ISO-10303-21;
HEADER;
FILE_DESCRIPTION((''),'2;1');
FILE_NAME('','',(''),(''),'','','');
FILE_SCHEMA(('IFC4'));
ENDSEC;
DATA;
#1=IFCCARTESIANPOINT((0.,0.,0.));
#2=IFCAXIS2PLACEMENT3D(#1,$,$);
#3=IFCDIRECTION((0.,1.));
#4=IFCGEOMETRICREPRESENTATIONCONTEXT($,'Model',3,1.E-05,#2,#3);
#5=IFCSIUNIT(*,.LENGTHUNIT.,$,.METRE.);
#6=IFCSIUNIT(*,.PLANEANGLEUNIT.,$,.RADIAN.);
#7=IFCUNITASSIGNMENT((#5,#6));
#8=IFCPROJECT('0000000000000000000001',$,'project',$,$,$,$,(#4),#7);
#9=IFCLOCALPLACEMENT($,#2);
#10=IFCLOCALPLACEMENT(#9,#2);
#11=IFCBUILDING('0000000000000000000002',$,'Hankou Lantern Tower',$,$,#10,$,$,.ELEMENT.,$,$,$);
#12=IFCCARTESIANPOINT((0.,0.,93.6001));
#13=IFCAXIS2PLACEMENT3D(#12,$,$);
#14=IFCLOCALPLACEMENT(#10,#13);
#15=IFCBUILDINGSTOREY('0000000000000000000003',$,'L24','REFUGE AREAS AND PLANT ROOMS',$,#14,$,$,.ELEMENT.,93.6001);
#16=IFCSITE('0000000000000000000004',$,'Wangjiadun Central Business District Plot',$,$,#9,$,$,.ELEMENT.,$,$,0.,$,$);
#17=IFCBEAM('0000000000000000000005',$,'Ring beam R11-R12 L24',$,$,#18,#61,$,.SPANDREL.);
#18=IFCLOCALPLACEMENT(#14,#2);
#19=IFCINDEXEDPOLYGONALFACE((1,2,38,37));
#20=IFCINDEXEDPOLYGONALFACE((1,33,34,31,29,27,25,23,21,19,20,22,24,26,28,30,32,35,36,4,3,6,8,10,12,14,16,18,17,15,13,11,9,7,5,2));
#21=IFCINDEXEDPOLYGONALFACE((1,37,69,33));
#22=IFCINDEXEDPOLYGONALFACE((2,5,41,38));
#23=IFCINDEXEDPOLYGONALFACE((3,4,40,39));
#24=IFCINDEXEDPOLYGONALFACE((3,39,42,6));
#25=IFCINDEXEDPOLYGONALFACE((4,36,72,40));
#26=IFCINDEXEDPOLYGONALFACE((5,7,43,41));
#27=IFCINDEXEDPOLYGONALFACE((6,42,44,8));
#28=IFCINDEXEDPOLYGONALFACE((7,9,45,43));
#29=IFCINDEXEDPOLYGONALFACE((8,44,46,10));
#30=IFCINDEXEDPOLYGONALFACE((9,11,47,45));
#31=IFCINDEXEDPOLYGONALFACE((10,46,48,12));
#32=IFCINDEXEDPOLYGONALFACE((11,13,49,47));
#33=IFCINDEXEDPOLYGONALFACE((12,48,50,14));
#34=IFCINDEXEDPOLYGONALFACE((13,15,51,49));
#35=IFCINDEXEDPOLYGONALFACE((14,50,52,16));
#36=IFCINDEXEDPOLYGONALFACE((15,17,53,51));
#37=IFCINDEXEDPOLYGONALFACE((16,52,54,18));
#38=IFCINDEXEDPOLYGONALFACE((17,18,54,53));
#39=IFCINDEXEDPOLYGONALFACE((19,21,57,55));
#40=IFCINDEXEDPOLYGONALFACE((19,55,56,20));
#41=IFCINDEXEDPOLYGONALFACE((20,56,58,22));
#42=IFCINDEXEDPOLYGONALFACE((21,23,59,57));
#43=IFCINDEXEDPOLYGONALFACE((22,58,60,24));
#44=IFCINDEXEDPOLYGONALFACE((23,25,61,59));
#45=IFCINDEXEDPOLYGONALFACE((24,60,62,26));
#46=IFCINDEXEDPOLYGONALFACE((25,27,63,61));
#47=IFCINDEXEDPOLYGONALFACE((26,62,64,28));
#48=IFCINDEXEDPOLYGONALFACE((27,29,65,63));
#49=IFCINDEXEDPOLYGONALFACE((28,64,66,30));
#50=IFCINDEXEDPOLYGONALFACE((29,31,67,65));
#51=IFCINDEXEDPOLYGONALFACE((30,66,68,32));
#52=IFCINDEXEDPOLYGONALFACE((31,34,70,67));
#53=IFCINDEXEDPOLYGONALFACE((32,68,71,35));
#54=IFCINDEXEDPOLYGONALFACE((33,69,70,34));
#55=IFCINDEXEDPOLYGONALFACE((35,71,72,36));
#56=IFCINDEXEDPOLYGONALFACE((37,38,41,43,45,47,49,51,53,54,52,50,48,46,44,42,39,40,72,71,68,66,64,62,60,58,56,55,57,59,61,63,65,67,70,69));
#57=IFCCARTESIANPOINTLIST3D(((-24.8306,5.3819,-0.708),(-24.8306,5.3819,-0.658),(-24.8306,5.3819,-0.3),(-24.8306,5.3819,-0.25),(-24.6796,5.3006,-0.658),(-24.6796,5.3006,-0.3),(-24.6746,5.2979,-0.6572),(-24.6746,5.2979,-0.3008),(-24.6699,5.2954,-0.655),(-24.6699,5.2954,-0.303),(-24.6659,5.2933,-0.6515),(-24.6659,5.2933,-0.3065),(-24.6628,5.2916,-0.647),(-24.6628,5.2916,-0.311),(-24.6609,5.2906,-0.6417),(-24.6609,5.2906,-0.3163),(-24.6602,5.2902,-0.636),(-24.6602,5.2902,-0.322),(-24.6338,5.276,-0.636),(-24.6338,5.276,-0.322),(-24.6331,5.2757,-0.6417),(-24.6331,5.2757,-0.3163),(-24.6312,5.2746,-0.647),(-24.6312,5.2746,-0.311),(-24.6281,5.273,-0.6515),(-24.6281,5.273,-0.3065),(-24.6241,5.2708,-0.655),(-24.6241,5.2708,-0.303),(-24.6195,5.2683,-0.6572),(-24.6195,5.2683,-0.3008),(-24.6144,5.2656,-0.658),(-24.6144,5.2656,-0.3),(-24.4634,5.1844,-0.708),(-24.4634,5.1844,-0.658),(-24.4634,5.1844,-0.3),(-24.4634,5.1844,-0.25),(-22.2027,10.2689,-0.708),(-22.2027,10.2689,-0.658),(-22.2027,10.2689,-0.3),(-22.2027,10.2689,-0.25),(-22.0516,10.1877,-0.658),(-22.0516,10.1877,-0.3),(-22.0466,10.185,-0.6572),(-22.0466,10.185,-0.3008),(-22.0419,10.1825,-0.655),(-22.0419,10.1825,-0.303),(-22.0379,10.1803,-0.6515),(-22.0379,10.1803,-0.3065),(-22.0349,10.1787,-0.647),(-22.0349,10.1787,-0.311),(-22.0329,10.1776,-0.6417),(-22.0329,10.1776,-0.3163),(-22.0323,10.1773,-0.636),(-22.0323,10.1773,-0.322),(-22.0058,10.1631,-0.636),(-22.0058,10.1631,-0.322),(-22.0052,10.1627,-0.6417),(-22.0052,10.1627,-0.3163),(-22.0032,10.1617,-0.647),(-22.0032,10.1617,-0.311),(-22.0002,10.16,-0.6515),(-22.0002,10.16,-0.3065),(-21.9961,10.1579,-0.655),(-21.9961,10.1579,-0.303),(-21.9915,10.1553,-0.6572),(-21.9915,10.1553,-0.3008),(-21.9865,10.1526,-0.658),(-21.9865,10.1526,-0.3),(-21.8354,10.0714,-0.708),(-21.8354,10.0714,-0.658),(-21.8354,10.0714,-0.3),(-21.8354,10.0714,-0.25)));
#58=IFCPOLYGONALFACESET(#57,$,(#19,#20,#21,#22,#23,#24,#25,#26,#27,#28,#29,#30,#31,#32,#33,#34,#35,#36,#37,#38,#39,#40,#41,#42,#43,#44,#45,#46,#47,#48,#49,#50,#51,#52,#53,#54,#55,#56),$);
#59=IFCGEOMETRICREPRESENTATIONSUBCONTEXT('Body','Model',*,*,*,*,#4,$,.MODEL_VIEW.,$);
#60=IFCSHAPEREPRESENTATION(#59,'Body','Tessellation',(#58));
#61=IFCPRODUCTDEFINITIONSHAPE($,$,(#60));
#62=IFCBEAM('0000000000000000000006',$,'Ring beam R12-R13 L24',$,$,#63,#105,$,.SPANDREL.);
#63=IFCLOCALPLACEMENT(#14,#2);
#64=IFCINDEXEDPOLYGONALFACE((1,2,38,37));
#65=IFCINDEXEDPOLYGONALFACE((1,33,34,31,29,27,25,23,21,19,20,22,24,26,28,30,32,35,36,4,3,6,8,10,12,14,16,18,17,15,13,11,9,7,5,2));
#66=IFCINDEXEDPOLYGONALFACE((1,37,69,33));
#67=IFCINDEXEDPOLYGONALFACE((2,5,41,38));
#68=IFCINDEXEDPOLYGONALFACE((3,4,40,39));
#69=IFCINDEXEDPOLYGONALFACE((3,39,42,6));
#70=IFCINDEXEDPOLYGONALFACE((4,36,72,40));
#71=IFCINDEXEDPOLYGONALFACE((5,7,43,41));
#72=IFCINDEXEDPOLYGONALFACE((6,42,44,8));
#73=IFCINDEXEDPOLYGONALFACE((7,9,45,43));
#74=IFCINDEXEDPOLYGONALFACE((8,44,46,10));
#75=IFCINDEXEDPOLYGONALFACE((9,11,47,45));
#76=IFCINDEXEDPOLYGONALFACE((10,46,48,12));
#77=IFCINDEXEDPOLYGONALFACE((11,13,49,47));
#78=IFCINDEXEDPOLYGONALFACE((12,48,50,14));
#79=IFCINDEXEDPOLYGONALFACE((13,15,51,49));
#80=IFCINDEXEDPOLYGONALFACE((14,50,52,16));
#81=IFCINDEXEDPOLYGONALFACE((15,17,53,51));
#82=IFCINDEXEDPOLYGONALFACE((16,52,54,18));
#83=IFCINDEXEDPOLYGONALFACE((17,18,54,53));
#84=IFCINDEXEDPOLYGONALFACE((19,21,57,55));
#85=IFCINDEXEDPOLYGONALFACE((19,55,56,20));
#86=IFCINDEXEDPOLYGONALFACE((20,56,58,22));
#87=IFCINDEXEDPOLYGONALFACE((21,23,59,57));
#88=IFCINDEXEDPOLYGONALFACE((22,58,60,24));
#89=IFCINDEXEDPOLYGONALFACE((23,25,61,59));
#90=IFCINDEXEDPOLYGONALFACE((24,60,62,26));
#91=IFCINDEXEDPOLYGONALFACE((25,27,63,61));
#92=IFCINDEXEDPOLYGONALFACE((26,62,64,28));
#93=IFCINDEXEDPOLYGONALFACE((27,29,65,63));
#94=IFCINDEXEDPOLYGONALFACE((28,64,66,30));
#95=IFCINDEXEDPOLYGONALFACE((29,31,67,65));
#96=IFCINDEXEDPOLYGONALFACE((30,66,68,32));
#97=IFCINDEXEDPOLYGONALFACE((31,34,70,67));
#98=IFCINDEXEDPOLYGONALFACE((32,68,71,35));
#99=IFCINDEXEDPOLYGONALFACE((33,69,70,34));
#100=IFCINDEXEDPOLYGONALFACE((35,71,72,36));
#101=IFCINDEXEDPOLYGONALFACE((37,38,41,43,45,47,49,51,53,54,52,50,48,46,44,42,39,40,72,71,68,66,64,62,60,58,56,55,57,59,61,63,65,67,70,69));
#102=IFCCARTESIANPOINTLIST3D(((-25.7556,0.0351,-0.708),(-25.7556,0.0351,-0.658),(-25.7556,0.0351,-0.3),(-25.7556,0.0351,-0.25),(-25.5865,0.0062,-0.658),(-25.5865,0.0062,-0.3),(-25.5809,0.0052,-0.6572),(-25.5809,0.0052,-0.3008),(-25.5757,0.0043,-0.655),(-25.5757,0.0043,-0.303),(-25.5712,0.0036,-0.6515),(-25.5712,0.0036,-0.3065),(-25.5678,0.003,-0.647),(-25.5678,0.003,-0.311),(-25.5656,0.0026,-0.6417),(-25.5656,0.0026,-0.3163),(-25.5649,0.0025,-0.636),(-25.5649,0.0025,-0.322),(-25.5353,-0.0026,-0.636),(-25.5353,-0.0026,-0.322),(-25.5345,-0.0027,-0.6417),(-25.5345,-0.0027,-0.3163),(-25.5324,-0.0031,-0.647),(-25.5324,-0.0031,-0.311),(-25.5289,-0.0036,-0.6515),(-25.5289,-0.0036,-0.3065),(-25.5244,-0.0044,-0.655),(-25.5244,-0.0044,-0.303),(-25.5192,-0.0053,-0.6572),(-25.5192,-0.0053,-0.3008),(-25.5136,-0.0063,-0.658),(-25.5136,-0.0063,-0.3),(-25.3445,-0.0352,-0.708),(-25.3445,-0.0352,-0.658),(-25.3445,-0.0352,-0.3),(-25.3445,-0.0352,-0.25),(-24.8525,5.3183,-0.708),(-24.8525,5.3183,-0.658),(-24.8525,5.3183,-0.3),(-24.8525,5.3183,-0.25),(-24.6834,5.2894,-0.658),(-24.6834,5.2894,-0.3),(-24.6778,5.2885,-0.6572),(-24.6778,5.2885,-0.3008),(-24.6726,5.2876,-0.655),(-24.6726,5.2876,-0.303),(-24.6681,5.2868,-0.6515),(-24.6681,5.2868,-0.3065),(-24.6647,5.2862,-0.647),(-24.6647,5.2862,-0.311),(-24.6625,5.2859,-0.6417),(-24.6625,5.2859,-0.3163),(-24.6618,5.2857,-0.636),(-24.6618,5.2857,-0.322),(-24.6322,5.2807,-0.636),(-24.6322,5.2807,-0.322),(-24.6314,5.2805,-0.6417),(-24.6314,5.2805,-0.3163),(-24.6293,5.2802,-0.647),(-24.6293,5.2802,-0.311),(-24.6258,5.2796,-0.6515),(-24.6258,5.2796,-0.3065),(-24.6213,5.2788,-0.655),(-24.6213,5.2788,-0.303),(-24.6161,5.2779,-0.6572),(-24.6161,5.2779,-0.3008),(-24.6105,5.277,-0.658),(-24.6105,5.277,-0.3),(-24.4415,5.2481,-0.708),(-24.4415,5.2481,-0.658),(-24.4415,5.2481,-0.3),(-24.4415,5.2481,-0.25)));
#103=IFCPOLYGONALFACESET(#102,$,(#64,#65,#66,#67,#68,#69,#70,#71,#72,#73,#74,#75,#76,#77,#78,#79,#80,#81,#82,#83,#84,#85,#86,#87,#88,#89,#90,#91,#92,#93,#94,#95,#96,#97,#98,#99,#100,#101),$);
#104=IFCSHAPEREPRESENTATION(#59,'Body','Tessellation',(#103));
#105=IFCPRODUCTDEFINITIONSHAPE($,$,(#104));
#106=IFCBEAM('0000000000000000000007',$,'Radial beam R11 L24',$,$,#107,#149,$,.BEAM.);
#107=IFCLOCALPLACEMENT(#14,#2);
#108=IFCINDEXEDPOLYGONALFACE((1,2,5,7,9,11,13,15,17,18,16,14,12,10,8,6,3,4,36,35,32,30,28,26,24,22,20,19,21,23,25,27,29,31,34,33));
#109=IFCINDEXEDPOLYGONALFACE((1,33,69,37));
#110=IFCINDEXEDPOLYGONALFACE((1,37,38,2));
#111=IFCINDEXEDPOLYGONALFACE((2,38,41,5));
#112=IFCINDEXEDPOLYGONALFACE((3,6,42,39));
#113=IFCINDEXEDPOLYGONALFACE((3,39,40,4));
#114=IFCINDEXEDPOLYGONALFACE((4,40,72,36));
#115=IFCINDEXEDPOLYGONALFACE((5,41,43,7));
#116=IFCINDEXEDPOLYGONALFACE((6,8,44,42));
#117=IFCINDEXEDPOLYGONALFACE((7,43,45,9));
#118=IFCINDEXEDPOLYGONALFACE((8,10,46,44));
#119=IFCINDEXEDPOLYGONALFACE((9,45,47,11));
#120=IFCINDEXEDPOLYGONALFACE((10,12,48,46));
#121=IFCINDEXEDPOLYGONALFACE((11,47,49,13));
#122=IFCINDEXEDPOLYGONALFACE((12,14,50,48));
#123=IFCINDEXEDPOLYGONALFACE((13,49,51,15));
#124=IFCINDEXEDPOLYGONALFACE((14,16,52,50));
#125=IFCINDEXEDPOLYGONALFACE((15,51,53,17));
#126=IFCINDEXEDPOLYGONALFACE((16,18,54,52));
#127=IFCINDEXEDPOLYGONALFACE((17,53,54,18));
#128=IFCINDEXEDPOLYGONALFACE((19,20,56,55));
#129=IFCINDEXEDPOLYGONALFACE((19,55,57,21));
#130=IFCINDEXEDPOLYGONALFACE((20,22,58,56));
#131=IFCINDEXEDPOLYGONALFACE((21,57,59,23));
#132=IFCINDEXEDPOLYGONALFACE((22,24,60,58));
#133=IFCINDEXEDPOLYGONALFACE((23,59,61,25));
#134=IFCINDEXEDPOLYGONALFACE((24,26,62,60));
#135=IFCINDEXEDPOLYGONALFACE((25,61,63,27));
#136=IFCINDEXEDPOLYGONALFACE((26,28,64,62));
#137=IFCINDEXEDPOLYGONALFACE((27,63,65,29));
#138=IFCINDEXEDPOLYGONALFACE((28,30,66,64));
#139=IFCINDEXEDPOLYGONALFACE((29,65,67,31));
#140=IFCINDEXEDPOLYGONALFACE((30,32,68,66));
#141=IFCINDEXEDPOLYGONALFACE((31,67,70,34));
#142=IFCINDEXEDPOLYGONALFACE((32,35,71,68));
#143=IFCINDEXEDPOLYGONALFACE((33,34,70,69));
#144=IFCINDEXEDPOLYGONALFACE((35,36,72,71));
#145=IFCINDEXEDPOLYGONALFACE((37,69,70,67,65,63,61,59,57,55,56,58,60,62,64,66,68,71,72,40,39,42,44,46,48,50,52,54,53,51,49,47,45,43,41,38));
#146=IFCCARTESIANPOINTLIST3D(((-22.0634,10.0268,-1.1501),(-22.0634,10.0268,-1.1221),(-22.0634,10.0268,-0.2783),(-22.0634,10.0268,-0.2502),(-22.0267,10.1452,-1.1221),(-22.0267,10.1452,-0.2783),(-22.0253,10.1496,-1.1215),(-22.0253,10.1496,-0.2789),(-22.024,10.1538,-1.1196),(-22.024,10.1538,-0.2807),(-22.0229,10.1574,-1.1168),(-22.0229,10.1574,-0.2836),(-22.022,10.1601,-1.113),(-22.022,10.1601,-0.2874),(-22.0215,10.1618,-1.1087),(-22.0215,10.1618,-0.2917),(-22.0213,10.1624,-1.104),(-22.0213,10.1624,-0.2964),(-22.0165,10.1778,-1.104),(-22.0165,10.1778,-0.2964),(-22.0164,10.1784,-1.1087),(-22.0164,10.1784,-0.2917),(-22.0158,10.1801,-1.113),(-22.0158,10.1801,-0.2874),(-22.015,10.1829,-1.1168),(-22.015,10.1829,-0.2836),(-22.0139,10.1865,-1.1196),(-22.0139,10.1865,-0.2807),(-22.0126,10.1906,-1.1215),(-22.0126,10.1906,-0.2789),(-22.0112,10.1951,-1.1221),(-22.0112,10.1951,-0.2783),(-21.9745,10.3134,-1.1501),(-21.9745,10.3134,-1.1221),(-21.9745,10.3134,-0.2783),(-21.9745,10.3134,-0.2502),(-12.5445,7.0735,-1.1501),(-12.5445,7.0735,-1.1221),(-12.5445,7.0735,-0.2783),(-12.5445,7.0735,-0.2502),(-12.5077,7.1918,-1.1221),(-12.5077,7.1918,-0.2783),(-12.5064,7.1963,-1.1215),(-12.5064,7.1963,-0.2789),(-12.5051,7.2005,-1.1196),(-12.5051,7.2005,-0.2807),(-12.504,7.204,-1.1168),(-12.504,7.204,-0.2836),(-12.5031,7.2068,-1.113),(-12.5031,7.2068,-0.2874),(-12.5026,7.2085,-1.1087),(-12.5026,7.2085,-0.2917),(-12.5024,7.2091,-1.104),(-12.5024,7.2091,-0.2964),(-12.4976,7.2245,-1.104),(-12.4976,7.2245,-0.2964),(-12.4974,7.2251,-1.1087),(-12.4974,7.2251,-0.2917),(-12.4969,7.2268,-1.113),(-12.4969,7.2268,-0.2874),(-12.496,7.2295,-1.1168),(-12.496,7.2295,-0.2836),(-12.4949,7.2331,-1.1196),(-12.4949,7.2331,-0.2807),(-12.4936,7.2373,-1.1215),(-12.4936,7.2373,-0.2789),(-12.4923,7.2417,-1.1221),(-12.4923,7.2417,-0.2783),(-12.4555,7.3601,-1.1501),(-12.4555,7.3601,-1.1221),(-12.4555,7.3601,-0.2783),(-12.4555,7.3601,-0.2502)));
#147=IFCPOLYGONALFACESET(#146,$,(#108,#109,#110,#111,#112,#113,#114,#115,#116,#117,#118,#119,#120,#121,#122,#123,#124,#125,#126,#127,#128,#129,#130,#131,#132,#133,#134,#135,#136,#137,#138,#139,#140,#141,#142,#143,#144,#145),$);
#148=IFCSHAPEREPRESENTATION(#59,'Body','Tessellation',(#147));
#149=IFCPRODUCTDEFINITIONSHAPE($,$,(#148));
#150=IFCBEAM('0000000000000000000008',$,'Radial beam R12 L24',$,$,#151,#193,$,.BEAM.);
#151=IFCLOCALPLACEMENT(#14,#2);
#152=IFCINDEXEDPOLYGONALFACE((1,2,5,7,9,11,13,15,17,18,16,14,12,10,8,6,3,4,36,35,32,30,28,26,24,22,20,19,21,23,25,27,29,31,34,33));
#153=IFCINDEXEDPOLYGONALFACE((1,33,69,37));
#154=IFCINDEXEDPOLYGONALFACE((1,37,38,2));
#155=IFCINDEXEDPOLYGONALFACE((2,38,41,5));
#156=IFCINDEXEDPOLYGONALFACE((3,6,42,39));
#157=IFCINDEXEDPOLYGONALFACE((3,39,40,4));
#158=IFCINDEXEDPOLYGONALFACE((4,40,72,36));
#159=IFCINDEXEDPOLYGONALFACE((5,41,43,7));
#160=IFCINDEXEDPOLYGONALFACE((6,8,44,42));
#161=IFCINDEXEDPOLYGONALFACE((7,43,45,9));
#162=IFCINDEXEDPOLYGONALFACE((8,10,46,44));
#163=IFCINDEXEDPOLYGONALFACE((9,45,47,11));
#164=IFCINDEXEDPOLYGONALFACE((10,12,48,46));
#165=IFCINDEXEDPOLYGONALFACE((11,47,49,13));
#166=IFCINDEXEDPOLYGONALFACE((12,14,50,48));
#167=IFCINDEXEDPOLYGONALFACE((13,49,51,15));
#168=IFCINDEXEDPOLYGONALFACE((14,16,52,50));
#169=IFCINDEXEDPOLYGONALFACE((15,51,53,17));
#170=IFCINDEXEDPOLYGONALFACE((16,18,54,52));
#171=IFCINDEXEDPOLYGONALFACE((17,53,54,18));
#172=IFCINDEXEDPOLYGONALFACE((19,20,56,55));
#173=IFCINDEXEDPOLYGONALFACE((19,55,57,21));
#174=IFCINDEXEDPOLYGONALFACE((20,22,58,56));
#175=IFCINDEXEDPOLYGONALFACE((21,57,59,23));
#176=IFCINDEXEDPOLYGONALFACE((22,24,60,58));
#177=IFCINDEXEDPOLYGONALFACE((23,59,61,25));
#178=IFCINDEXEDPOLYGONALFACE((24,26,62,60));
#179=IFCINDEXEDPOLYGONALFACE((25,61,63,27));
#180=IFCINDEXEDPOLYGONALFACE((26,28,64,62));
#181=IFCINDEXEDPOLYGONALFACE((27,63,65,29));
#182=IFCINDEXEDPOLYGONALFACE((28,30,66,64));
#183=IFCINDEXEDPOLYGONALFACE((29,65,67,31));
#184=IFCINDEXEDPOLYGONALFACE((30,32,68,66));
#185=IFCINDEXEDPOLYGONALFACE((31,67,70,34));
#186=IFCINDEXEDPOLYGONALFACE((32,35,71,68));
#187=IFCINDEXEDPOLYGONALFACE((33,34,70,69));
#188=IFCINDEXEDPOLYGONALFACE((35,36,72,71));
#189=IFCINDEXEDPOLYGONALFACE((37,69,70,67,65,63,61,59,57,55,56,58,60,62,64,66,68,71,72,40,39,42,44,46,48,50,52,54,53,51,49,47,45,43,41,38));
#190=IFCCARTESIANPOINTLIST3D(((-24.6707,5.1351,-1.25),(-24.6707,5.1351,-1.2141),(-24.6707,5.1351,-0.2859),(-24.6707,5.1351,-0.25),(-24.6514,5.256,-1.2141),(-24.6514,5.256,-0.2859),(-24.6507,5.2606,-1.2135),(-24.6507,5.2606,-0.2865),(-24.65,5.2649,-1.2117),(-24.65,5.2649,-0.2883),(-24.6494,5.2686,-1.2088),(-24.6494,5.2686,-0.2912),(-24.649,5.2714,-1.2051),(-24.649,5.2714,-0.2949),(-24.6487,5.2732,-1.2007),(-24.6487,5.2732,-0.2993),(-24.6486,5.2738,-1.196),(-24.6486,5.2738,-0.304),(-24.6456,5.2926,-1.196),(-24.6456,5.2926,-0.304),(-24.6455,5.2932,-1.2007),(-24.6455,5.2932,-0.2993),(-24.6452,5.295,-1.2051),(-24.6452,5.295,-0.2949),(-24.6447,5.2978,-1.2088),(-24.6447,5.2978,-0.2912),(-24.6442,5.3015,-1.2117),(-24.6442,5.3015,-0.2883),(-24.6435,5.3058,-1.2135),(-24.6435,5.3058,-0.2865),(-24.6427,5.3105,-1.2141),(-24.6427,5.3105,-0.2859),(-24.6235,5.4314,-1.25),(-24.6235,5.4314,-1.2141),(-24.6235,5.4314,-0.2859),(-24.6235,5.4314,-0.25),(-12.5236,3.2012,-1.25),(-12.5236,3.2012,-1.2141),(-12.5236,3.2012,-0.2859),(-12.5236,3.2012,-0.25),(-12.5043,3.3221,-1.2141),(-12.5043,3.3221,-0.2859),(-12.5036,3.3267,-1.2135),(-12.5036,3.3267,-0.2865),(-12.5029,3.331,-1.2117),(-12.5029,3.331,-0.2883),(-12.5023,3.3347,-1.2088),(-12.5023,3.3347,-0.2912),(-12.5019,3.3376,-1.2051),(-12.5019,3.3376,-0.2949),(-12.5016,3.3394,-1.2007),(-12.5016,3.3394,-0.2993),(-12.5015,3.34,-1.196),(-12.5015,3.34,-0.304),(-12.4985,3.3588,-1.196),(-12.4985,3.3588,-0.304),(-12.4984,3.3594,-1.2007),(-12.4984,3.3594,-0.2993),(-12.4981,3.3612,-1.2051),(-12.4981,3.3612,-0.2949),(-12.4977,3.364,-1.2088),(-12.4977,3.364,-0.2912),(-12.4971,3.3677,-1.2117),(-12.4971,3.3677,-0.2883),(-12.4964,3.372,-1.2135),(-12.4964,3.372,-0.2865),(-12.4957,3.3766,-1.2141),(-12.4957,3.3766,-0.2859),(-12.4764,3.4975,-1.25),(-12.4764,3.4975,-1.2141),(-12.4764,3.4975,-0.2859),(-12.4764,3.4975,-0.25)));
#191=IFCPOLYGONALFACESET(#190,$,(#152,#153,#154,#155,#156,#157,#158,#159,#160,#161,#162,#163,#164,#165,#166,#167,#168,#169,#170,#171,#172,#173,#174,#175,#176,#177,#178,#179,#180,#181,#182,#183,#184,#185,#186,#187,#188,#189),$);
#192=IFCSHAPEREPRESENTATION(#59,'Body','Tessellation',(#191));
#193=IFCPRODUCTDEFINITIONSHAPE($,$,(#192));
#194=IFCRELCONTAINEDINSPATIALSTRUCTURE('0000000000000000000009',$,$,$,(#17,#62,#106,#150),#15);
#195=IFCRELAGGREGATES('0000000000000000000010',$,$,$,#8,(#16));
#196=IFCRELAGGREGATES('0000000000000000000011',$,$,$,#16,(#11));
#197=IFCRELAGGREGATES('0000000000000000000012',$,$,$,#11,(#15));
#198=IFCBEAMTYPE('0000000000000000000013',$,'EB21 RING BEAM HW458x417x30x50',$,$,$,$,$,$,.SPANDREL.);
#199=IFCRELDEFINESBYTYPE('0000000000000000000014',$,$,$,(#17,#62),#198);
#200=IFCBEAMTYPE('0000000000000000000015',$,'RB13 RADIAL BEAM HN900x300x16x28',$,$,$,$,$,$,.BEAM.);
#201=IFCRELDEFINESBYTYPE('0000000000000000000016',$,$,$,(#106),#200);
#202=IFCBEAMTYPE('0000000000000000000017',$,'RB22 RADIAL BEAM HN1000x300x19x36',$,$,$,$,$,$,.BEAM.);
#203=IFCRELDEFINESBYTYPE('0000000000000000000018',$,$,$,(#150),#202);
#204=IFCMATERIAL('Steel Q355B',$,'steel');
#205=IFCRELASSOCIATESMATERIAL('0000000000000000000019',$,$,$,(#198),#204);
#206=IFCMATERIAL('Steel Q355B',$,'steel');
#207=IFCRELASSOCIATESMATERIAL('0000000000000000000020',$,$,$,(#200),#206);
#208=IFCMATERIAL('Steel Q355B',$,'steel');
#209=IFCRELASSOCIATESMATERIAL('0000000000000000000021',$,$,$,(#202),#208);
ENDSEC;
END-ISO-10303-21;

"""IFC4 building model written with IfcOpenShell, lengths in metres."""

from ifc_helpers import new_model, si_unit, direction, frame, origin, origin_2d, place, context, subcontext, project, spatial, i_section, extrude, material, material_profile, profile_set, type_object, element, save


model = new_model("IFC4")

# Units and contexts
model_context = context("Model", 3, precision=1e-05, world=origin(), true_north=direction((0.0, 1.0)))
body_context = subcontext(model_context, "Body", "Model", "MODEL_VIEW")
ifc_project = project(units=[si_unit("LENGTHUNIT", "METRE"), si_unit("PLANEANGLEUNIT", "RADIAN")], contexts=[model_context])

# Site, building, storey
site_placement = place(None, origin())
site = spatial("IfcSite", under=ifc_project, at=site_placement, Name="Wangjiadun Central Business District Plot", CompositionType="ELEMENT", RefElevation=0.0)
building_placement = place(site_placement, origin())
building = spatial("IfcBuilding", under=site, at=building_placement, Name="Hankou Lantern Tower", CompositionType="ELEMENT")
storey_placement = place(building_placement, frame((0.0, 0.0, 93.6001)))
storey = spatial("IfcBuildingStorey", under=building, at=storey_placement, Name="L24", Description="REFUGE AREAS AND PLANT ROOMS", CompositionType="ELEMENT", Elevation=93.6001)

# Beams
ifc_material_1 = material(Name="Steel Q355B", Category="steel")
ifc_material_profile_1 = material_profile(ifc_material_1, i_section(OverallWidth=0.417, OverallDepth=0.458, WebThickness=0.03, FlangeThickness=0.05, FilletRadius=0.022, at=origin_2d()), Name="HW458x417x30x50")
ifc_profile_set_1 = profile_set([ifc_material_profile_1], Name="Steel Q355B")
beam_type_1 = type_object("IfcBeamType", Name="EB21 RING BEAM HW458x417x30x50", PredefinedType="SPANDREL", material=ifc_profile_set_1)
beam_1_placement = place(storey_placement, frame((-22.019, 10.1702, -0.479), z_axis=(-0.473609, -0.880735, 0.0), x_axis=(0.880735, -0.473609, 0.0)))
element("IfcBeam", 1, at=beam_1_placement, inside=storey, type_object=beam_type_1, Name="Ring beam R11-R12 L24", PredefinedType="SPANDREL", context=body_context, shape_type="SweptSolid", body=[
    extrude(i_section(OverallWidth=0.417, OverallDepth=0.458, WebThickness=0.03, FlangeThickness=0.05, FilletRadius=0.022, at=origin_2d()), origin(), (0.0, 0.0, 1.0), 5.5488),
])
beam_2_placement = place(storey_placement, frame((-24.647, 5.2832, -0.479), z_axis=(-0.16849, -0.985703, 0.0), x_axis=(0.985703, -0.16849, 0.0)))
element("IfcBeam", 2, at=beam_2_placement, inside=storey, type_object=beam_type_1, Name="Ring beam R12-R13 L24", PredefinedType="SPANDREL", context=body_context, shape_type="SweptSolid", body=[
    extrude(i_section(OverallWidth=0.417, OverallDepth=0.458, WebThickness=0.03, FlangeThickness=0.05, FilletRadius=0.022, at=origin_2d()), origin(), (0.0, 0.0, 1.0), 5.3599),
])
ifc_material_2 = material(Name="Steel Q355B", Category="steel")
ifc_material_profile_2 = material_profile(ifc_material_2, i_section(OverallWidth=0.3, OverallDepth=0.8999, WebThickness=0.0161, FlangeThickness=0.0281, FilletRadius=0.0181, at=origin_2d()), Name="HN900x300x16x28")
ifc_profile_set_2 = profile_set([ifc_material_profile_2], Name="Steel Q355B")
beam_type_2 = type_object("IfcBeamType", Name="RB13 RADIAL BEAM HN900x300x16x28", PredefinedType="BEAM", material=ifc_profile_set_2)
beam_3_placement = place(storey_placement, frame((-12.5, 7.2168, -0.7002), z_axis=(-0.955087, 0.296324, 0.0), x_axis=(-0.296324, -0.955087, 0.0)))
element("IfcBeam", 3, at=beam_3_placement, inside=storey, type_object=beam_type_2, Name="Radial beam R11 L24", PredefinedType="BEAM", context=body_context, shape_type="SweptSolid", body=[
    extrude(i_section(OverallWidth=0.3, OverallDepth=0.8999, WebThickness=0.0161, FlangeThickness=0.0281, FilletRadius=0.0181, at=origin_2d()), origin(), (0.0, 0.0, 1.0), 9.9666),
])
ifc_material_3 = material(Name="Steel Q355B", Category="steel")
ifc_material_profile_3 = material_profile(ifc_material_3, i_section(OverallWidth=0.3, OverallDepth=1.0, WebThickness=0.019, FlangeThickness=0.0359, FilletRadius=0.0181, at=origin_2d()), Name="HN1000x300x19x36")
ifc_profile_set_3 = profile_set([ifc_material_profile_3], Name="Steel Q355B")
beam_type_3 = type_object("IfcBeamType", Name="RB22 RADIAL BEAM HN1000x300x19x36", PredefinedType="BEAM", material=ifc_profile_set_3)
beam_4_placement = place(storey_placement, frame((-12.5, 3.3494, -0.75), z_axis=(-0.987563, 0.157223, 0.0), x_axis=(-0.157223, -0.987563, 0.0)))
element("IfcBeam", 4, at=beam_4_placement, inside=storey, type_object=beam_type_3, Name="Radial beam R12 L24", PredefinedType="BEAM", context=body_context, shape_type="SweptSolid", body=[
    extrude(i_section(OverallWidth=0.3, OverallDepth=1.0, WebThickness=0.019, FlangeThickness=0.0359, FilletRadius=0.0181, at=origin_2d()), origin(), (0.0, 0.0, 1.0), 12.3),
])

save(model, "model.ifc")
